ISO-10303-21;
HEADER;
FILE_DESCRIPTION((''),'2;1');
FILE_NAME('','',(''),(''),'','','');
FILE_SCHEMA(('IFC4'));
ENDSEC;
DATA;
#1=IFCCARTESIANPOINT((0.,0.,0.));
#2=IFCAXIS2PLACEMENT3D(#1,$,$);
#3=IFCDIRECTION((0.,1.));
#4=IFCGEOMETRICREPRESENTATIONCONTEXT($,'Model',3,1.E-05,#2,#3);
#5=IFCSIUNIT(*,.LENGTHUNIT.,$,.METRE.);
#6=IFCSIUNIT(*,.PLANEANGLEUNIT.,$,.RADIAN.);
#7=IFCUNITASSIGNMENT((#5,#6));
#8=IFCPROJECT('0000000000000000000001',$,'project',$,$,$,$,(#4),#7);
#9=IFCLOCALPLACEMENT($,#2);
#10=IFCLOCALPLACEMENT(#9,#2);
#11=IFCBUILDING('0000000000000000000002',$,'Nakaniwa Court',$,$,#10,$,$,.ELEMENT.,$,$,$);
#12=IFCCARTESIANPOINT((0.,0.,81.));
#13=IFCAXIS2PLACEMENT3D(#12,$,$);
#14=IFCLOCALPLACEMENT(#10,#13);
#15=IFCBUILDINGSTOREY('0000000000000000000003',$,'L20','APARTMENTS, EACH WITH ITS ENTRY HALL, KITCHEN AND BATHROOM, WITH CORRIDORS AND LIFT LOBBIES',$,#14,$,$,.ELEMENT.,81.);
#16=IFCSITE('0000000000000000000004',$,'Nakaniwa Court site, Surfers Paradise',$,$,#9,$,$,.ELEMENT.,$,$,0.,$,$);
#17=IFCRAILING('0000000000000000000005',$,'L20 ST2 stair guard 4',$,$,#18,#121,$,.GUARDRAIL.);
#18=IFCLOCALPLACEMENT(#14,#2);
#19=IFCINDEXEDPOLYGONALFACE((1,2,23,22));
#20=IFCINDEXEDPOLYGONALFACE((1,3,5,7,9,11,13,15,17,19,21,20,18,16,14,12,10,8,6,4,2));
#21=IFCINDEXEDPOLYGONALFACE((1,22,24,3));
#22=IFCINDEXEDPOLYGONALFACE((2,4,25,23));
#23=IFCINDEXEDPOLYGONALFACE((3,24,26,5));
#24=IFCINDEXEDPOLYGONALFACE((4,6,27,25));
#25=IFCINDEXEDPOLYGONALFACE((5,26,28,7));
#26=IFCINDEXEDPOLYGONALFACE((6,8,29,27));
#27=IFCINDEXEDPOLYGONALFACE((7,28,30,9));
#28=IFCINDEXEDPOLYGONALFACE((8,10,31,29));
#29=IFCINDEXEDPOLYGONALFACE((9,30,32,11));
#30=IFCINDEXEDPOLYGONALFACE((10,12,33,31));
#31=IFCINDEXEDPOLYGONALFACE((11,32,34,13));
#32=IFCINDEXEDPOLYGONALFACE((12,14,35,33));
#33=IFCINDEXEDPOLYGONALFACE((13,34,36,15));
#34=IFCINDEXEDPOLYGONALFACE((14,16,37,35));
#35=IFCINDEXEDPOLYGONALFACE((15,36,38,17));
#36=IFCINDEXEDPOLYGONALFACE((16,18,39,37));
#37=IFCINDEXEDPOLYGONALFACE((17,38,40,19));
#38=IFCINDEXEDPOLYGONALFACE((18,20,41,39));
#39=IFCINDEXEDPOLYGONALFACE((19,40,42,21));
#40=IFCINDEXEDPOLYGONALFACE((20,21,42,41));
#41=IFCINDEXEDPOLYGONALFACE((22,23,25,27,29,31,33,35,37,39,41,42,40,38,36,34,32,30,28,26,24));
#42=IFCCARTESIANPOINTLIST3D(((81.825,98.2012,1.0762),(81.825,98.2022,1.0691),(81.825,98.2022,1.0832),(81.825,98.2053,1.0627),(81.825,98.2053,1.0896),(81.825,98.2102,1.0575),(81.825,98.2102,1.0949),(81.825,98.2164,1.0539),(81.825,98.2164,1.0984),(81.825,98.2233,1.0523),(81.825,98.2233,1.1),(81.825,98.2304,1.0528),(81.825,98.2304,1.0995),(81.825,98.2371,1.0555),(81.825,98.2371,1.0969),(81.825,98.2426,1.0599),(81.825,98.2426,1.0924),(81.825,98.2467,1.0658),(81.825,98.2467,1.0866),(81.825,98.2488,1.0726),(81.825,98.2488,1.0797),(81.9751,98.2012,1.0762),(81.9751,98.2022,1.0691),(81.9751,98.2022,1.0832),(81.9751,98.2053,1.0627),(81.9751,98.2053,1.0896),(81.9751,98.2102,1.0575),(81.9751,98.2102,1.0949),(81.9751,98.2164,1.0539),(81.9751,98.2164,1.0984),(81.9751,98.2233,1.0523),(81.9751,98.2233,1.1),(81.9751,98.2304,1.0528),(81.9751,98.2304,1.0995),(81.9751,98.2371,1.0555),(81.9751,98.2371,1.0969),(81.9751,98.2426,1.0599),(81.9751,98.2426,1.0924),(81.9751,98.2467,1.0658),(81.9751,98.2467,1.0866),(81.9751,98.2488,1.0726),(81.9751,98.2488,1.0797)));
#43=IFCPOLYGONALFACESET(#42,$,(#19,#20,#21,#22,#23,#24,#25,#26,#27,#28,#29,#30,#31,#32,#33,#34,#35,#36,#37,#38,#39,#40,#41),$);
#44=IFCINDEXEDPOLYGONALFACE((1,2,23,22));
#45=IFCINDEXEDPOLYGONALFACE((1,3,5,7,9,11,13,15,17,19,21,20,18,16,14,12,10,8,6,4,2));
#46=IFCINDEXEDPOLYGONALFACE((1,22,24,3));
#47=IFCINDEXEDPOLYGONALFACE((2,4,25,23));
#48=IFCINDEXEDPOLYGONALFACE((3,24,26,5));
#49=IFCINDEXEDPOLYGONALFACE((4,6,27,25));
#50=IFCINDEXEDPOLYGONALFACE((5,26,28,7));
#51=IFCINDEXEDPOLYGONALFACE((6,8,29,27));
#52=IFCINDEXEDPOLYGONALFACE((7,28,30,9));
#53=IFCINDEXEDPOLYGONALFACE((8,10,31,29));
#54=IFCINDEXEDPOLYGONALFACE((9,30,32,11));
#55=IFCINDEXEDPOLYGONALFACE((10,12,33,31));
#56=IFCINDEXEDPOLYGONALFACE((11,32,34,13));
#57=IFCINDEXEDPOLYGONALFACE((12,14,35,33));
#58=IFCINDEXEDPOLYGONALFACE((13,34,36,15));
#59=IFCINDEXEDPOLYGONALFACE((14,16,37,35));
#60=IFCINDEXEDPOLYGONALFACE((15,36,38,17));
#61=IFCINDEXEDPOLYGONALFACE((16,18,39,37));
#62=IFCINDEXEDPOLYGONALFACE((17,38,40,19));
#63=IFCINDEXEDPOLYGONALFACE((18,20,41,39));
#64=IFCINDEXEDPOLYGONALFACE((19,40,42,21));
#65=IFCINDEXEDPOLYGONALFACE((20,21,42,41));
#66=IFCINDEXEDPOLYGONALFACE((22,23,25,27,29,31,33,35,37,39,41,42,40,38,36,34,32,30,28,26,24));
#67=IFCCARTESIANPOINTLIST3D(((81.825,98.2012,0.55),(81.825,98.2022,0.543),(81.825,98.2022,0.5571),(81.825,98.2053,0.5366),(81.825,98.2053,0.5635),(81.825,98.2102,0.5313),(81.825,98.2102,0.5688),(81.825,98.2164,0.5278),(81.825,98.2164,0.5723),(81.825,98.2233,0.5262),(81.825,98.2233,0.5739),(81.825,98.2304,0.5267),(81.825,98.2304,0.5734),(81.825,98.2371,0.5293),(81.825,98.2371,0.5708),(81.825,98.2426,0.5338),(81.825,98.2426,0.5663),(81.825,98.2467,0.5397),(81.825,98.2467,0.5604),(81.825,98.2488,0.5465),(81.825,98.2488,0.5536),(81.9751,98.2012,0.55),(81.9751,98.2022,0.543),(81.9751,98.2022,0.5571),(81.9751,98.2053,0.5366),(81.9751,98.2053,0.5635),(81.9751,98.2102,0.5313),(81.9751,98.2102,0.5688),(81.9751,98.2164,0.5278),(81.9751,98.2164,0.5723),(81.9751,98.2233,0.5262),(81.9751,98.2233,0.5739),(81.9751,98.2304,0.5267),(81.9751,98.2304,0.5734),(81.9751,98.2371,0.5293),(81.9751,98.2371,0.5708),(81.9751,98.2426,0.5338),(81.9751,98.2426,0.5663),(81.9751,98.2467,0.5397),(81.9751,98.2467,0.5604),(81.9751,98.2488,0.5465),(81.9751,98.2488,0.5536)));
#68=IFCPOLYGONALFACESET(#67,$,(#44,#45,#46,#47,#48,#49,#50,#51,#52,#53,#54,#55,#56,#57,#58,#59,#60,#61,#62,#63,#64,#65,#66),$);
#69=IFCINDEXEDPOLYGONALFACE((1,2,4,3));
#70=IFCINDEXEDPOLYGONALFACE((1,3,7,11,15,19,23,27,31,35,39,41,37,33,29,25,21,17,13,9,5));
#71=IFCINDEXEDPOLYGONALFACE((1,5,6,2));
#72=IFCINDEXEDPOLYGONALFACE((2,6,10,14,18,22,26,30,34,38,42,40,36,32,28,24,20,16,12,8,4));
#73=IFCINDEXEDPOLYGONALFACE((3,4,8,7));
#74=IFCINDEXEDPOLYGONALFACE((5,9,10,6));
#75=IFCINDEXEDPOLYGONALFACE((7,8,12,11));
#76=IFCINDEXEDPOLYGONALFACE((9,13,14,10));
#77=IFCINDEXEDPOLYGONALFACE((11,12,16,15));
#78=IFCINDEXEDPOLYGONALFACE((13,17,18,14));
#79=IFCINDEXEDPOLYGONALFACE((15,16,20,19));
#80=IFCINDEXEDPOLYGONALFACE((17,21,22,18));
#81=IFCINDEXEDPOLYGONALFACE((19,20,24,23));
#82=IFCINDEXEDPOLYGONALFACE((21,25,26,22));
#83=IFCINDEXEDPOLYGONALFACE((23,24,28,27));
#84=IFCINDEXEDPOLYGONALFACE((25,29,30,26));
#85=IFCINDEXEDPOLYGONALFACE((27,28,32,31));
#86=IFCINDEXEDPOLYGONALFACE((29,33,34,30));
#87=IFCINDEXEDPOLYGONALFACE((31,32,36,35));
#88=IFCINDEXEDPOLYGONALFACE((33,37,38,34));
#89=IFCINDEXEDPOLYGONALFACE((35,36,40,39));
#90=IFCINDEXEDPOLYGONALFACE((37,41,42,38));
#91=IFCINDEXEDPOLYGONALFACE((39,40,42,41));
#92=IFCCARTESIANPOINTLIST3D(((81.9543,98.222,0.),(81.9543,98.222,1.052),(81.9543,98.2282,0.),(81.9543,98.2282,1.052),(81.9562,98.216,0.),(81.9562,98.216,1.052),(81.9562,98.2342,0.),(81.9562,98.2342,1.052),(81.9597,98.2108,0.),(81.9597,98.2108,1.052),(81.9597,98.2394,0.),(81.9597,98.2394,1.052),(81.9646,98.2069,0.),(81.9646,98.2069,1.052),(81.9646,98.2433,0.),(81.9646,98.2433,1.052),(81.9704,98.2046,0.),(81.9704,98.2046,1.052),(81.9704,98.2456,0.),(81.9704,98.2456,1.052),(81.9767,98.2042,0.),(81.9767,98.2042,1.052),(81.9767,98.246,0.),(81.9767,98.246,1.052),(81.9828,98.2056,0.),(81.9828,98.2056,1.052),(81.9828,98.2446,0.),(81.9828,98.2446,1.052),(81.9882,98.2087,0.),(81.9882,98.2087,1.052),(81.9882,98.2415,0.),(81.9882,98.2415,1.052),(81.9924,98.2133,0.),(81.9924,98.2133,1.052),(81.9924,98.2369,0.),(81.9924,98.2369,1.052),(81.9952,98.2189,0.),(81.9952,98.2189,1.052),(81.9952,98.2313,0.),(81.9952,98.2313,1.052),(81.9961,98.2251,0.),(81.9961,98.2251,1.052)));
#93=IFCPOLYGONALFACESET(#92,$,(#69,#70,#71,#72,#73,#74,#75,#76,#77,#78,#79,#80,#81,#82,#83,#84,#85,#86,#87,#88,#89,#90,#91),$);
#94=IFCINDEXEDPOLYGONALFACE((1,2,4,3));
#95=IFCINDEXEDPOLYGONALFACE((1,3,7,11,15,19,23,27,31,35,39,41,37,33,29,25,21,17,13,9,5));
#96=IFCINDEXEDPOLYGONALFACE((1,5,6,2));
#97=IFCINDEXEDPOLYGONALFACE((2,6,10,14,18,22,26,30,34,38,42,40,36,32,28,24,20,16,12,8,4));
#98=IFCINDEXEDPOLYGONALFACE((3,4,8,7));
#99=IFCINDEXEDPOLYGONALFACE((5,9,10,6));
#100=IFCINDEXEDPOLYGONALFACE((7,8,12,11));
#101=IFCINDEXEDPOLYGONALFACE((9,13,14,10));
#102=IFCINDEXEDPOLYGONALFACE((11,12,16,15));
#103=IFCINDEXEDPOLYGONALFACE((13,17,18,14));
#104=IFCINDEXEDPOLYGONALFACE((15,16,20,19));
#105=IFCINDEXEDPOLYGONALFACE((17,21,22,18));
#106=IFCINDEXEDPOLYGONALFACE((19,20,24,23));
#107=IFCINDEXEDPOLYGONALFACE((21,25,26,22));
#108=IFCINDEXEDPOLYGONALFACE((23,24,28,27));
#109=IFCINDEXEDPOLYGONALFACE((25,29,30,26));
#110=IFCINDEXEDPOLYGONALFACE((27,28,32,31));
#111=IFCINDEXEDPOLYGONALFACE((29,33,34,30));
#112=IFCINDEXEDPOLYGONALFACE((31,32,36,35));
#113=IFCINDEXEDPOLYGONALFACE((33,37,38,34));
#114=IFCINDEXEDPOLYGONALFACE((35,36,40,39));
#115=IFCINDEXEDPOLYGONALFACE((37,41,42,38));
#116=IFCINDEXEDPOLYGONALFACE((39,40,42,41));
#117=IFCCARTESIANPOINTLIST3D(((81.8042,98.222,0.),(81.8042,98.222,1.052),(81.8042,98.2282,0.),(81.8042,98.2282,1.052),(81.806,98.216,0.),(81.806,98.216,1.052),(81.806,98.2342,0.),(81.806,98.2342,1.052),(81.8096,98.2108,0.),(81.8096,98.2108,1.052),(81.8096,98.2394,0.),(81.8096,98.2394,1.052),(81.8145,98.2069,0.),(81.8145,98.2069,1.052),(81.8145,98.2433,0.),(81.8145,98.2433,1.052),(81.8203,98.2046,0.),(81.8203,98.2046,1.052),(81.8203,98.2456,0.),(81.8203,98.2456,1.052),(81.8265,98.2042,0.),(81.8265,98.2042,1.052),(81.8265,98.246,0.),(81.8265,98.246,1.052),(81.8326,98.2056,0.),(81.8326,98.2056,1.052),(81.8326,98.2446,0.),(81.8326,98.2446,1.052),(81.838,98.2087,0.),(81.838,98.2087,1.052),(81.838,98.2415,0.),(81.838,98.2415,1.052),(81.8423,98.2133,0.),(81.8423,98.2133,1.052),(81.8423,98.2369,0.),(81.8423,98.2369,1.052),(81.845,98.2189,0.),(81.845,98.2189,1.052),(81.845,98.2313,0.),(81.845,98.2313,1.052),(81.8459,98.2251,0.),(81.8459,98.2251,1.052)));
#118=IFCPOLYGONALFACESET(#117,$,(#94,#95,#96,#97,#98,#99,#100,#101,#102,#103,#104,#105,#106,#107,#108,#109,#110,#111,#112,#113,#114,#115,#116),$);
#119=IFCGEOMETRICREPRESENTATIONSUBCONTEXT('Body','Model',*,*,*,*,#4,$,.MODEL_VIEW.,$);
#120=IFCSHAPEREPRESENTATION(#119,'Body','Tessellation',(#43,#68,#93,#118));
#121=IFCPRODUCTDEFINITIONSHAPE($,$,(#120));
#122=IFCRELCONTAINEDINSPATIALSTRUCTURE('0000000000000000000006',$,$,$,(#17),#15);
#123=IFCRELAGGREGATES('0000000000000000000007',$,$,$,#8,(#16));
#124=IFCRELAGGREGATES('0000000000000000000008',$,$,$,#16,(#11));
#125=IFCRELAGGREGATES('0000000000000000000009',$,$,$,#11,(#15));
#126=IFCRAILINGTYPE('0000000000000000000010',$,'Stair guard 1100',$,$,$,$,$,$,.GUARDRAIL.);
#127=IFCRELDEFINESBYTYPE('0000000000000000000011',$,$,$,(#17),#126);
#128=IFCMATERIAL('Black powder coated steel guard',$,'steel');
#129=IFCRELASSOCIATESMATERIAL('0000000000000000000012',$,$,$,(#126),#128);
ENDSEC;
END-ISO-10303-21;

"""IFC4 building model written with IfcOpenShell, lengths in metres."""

from ifc_helpers import new_model, si_unit, direction, frame, origin, origin_2d, place, context, subcontext, project, spatial, circle, extrude, material, type_object, element, save


model = new_model("IFC4")

# Units and contexts
model_context = context("Model", 3, precision=1e-05, world=origin(), true_north=direction((0.0, 1.0)))
body_context = subcontext(model_context, "Body", "Model", "MODEL_VIEW")
ifc_project = project(units=[si_unit("LENGTHUNIT", "METRE"), si_unit("PLANEANGLEUNIT", "RADIAN")], contexts=[model_context])

# Site, building, storey
site_placement = place(None, origin())
site = spatial("IfcSite", under=ifc_project, at=site_placement, Name="Nakaniwa Court site, Surfers Paradise", CompositionType="ELEMENT", RefElevation=0.0)
building_placement = place(site_placement, origin())
building = spatial("IfcBuilding", under=site, at=building_placement, Name="Nakaniwa Court", CompositionType="ELEMENT")
storey_placement = place(building_placement, frame((0.0, 0.0, 81.0)))
storey = spatial("IfcBuildingStorey", under=building, at=storey_placement, Name="L20", Description="APARTMENTS, EACH WITH ITS ENTRY HALL, KITCHEN AND BATHROOM, WITH CORRIDORS AND LIFT LOBBIES", CompositionType="ELEMENT", Elevation=81.0)

# Railing
ifc_material_1 = material(Name="Black powder coated steel guard", Category="steel")
railing_type_1 = type_object("IfcRailingType", Name="Stair guard 1100", PredefinedType="GUARDRAIL", material=ifc_material_1)
railing_1_placement = place(storey_placement, frame((81.9751, 98.2251, 0.0)))
element("IfcRailing", 1, at=railing_1_placement, inside=storey, type_object=railing_type_1, Name="L20 ST2 stair guard 4", PredefinedType="GUARDRAIL", context=body_context, shape_type="SweptSolid", body=[
    extrude(circle(Radius=0.0239, at=origin_2d()), frame((0.0, 0.0, 1.0762), z_axis=(-1.0, 0.0, 0.0), x_axis=(0.0, -1.0, 0.0)), (0.0, 0.0, 1.0), 0.1501),
    extrude(circle(Radius=0.0239, at=origin_2d()), frame((0.0, 0.0, 0.55), z_axis=(-1.0, 0.0, 0.0), x_axis=(0.0, -1.0, 0.0)), (0.0, 0.0, 1.0), 0.1501),
    extrude(circle(Radius=0.021, at=origin_2d()), origin(), (0.0, 0.0, 1.0), 1.052),
    extrude(circle(Radius=0.021, at=origin_2d()), frame((-0.1501, 0.0, 0.0)), (0.0, 0.0, 1.0), 1.052),
])

save(model, "model.ifc")
